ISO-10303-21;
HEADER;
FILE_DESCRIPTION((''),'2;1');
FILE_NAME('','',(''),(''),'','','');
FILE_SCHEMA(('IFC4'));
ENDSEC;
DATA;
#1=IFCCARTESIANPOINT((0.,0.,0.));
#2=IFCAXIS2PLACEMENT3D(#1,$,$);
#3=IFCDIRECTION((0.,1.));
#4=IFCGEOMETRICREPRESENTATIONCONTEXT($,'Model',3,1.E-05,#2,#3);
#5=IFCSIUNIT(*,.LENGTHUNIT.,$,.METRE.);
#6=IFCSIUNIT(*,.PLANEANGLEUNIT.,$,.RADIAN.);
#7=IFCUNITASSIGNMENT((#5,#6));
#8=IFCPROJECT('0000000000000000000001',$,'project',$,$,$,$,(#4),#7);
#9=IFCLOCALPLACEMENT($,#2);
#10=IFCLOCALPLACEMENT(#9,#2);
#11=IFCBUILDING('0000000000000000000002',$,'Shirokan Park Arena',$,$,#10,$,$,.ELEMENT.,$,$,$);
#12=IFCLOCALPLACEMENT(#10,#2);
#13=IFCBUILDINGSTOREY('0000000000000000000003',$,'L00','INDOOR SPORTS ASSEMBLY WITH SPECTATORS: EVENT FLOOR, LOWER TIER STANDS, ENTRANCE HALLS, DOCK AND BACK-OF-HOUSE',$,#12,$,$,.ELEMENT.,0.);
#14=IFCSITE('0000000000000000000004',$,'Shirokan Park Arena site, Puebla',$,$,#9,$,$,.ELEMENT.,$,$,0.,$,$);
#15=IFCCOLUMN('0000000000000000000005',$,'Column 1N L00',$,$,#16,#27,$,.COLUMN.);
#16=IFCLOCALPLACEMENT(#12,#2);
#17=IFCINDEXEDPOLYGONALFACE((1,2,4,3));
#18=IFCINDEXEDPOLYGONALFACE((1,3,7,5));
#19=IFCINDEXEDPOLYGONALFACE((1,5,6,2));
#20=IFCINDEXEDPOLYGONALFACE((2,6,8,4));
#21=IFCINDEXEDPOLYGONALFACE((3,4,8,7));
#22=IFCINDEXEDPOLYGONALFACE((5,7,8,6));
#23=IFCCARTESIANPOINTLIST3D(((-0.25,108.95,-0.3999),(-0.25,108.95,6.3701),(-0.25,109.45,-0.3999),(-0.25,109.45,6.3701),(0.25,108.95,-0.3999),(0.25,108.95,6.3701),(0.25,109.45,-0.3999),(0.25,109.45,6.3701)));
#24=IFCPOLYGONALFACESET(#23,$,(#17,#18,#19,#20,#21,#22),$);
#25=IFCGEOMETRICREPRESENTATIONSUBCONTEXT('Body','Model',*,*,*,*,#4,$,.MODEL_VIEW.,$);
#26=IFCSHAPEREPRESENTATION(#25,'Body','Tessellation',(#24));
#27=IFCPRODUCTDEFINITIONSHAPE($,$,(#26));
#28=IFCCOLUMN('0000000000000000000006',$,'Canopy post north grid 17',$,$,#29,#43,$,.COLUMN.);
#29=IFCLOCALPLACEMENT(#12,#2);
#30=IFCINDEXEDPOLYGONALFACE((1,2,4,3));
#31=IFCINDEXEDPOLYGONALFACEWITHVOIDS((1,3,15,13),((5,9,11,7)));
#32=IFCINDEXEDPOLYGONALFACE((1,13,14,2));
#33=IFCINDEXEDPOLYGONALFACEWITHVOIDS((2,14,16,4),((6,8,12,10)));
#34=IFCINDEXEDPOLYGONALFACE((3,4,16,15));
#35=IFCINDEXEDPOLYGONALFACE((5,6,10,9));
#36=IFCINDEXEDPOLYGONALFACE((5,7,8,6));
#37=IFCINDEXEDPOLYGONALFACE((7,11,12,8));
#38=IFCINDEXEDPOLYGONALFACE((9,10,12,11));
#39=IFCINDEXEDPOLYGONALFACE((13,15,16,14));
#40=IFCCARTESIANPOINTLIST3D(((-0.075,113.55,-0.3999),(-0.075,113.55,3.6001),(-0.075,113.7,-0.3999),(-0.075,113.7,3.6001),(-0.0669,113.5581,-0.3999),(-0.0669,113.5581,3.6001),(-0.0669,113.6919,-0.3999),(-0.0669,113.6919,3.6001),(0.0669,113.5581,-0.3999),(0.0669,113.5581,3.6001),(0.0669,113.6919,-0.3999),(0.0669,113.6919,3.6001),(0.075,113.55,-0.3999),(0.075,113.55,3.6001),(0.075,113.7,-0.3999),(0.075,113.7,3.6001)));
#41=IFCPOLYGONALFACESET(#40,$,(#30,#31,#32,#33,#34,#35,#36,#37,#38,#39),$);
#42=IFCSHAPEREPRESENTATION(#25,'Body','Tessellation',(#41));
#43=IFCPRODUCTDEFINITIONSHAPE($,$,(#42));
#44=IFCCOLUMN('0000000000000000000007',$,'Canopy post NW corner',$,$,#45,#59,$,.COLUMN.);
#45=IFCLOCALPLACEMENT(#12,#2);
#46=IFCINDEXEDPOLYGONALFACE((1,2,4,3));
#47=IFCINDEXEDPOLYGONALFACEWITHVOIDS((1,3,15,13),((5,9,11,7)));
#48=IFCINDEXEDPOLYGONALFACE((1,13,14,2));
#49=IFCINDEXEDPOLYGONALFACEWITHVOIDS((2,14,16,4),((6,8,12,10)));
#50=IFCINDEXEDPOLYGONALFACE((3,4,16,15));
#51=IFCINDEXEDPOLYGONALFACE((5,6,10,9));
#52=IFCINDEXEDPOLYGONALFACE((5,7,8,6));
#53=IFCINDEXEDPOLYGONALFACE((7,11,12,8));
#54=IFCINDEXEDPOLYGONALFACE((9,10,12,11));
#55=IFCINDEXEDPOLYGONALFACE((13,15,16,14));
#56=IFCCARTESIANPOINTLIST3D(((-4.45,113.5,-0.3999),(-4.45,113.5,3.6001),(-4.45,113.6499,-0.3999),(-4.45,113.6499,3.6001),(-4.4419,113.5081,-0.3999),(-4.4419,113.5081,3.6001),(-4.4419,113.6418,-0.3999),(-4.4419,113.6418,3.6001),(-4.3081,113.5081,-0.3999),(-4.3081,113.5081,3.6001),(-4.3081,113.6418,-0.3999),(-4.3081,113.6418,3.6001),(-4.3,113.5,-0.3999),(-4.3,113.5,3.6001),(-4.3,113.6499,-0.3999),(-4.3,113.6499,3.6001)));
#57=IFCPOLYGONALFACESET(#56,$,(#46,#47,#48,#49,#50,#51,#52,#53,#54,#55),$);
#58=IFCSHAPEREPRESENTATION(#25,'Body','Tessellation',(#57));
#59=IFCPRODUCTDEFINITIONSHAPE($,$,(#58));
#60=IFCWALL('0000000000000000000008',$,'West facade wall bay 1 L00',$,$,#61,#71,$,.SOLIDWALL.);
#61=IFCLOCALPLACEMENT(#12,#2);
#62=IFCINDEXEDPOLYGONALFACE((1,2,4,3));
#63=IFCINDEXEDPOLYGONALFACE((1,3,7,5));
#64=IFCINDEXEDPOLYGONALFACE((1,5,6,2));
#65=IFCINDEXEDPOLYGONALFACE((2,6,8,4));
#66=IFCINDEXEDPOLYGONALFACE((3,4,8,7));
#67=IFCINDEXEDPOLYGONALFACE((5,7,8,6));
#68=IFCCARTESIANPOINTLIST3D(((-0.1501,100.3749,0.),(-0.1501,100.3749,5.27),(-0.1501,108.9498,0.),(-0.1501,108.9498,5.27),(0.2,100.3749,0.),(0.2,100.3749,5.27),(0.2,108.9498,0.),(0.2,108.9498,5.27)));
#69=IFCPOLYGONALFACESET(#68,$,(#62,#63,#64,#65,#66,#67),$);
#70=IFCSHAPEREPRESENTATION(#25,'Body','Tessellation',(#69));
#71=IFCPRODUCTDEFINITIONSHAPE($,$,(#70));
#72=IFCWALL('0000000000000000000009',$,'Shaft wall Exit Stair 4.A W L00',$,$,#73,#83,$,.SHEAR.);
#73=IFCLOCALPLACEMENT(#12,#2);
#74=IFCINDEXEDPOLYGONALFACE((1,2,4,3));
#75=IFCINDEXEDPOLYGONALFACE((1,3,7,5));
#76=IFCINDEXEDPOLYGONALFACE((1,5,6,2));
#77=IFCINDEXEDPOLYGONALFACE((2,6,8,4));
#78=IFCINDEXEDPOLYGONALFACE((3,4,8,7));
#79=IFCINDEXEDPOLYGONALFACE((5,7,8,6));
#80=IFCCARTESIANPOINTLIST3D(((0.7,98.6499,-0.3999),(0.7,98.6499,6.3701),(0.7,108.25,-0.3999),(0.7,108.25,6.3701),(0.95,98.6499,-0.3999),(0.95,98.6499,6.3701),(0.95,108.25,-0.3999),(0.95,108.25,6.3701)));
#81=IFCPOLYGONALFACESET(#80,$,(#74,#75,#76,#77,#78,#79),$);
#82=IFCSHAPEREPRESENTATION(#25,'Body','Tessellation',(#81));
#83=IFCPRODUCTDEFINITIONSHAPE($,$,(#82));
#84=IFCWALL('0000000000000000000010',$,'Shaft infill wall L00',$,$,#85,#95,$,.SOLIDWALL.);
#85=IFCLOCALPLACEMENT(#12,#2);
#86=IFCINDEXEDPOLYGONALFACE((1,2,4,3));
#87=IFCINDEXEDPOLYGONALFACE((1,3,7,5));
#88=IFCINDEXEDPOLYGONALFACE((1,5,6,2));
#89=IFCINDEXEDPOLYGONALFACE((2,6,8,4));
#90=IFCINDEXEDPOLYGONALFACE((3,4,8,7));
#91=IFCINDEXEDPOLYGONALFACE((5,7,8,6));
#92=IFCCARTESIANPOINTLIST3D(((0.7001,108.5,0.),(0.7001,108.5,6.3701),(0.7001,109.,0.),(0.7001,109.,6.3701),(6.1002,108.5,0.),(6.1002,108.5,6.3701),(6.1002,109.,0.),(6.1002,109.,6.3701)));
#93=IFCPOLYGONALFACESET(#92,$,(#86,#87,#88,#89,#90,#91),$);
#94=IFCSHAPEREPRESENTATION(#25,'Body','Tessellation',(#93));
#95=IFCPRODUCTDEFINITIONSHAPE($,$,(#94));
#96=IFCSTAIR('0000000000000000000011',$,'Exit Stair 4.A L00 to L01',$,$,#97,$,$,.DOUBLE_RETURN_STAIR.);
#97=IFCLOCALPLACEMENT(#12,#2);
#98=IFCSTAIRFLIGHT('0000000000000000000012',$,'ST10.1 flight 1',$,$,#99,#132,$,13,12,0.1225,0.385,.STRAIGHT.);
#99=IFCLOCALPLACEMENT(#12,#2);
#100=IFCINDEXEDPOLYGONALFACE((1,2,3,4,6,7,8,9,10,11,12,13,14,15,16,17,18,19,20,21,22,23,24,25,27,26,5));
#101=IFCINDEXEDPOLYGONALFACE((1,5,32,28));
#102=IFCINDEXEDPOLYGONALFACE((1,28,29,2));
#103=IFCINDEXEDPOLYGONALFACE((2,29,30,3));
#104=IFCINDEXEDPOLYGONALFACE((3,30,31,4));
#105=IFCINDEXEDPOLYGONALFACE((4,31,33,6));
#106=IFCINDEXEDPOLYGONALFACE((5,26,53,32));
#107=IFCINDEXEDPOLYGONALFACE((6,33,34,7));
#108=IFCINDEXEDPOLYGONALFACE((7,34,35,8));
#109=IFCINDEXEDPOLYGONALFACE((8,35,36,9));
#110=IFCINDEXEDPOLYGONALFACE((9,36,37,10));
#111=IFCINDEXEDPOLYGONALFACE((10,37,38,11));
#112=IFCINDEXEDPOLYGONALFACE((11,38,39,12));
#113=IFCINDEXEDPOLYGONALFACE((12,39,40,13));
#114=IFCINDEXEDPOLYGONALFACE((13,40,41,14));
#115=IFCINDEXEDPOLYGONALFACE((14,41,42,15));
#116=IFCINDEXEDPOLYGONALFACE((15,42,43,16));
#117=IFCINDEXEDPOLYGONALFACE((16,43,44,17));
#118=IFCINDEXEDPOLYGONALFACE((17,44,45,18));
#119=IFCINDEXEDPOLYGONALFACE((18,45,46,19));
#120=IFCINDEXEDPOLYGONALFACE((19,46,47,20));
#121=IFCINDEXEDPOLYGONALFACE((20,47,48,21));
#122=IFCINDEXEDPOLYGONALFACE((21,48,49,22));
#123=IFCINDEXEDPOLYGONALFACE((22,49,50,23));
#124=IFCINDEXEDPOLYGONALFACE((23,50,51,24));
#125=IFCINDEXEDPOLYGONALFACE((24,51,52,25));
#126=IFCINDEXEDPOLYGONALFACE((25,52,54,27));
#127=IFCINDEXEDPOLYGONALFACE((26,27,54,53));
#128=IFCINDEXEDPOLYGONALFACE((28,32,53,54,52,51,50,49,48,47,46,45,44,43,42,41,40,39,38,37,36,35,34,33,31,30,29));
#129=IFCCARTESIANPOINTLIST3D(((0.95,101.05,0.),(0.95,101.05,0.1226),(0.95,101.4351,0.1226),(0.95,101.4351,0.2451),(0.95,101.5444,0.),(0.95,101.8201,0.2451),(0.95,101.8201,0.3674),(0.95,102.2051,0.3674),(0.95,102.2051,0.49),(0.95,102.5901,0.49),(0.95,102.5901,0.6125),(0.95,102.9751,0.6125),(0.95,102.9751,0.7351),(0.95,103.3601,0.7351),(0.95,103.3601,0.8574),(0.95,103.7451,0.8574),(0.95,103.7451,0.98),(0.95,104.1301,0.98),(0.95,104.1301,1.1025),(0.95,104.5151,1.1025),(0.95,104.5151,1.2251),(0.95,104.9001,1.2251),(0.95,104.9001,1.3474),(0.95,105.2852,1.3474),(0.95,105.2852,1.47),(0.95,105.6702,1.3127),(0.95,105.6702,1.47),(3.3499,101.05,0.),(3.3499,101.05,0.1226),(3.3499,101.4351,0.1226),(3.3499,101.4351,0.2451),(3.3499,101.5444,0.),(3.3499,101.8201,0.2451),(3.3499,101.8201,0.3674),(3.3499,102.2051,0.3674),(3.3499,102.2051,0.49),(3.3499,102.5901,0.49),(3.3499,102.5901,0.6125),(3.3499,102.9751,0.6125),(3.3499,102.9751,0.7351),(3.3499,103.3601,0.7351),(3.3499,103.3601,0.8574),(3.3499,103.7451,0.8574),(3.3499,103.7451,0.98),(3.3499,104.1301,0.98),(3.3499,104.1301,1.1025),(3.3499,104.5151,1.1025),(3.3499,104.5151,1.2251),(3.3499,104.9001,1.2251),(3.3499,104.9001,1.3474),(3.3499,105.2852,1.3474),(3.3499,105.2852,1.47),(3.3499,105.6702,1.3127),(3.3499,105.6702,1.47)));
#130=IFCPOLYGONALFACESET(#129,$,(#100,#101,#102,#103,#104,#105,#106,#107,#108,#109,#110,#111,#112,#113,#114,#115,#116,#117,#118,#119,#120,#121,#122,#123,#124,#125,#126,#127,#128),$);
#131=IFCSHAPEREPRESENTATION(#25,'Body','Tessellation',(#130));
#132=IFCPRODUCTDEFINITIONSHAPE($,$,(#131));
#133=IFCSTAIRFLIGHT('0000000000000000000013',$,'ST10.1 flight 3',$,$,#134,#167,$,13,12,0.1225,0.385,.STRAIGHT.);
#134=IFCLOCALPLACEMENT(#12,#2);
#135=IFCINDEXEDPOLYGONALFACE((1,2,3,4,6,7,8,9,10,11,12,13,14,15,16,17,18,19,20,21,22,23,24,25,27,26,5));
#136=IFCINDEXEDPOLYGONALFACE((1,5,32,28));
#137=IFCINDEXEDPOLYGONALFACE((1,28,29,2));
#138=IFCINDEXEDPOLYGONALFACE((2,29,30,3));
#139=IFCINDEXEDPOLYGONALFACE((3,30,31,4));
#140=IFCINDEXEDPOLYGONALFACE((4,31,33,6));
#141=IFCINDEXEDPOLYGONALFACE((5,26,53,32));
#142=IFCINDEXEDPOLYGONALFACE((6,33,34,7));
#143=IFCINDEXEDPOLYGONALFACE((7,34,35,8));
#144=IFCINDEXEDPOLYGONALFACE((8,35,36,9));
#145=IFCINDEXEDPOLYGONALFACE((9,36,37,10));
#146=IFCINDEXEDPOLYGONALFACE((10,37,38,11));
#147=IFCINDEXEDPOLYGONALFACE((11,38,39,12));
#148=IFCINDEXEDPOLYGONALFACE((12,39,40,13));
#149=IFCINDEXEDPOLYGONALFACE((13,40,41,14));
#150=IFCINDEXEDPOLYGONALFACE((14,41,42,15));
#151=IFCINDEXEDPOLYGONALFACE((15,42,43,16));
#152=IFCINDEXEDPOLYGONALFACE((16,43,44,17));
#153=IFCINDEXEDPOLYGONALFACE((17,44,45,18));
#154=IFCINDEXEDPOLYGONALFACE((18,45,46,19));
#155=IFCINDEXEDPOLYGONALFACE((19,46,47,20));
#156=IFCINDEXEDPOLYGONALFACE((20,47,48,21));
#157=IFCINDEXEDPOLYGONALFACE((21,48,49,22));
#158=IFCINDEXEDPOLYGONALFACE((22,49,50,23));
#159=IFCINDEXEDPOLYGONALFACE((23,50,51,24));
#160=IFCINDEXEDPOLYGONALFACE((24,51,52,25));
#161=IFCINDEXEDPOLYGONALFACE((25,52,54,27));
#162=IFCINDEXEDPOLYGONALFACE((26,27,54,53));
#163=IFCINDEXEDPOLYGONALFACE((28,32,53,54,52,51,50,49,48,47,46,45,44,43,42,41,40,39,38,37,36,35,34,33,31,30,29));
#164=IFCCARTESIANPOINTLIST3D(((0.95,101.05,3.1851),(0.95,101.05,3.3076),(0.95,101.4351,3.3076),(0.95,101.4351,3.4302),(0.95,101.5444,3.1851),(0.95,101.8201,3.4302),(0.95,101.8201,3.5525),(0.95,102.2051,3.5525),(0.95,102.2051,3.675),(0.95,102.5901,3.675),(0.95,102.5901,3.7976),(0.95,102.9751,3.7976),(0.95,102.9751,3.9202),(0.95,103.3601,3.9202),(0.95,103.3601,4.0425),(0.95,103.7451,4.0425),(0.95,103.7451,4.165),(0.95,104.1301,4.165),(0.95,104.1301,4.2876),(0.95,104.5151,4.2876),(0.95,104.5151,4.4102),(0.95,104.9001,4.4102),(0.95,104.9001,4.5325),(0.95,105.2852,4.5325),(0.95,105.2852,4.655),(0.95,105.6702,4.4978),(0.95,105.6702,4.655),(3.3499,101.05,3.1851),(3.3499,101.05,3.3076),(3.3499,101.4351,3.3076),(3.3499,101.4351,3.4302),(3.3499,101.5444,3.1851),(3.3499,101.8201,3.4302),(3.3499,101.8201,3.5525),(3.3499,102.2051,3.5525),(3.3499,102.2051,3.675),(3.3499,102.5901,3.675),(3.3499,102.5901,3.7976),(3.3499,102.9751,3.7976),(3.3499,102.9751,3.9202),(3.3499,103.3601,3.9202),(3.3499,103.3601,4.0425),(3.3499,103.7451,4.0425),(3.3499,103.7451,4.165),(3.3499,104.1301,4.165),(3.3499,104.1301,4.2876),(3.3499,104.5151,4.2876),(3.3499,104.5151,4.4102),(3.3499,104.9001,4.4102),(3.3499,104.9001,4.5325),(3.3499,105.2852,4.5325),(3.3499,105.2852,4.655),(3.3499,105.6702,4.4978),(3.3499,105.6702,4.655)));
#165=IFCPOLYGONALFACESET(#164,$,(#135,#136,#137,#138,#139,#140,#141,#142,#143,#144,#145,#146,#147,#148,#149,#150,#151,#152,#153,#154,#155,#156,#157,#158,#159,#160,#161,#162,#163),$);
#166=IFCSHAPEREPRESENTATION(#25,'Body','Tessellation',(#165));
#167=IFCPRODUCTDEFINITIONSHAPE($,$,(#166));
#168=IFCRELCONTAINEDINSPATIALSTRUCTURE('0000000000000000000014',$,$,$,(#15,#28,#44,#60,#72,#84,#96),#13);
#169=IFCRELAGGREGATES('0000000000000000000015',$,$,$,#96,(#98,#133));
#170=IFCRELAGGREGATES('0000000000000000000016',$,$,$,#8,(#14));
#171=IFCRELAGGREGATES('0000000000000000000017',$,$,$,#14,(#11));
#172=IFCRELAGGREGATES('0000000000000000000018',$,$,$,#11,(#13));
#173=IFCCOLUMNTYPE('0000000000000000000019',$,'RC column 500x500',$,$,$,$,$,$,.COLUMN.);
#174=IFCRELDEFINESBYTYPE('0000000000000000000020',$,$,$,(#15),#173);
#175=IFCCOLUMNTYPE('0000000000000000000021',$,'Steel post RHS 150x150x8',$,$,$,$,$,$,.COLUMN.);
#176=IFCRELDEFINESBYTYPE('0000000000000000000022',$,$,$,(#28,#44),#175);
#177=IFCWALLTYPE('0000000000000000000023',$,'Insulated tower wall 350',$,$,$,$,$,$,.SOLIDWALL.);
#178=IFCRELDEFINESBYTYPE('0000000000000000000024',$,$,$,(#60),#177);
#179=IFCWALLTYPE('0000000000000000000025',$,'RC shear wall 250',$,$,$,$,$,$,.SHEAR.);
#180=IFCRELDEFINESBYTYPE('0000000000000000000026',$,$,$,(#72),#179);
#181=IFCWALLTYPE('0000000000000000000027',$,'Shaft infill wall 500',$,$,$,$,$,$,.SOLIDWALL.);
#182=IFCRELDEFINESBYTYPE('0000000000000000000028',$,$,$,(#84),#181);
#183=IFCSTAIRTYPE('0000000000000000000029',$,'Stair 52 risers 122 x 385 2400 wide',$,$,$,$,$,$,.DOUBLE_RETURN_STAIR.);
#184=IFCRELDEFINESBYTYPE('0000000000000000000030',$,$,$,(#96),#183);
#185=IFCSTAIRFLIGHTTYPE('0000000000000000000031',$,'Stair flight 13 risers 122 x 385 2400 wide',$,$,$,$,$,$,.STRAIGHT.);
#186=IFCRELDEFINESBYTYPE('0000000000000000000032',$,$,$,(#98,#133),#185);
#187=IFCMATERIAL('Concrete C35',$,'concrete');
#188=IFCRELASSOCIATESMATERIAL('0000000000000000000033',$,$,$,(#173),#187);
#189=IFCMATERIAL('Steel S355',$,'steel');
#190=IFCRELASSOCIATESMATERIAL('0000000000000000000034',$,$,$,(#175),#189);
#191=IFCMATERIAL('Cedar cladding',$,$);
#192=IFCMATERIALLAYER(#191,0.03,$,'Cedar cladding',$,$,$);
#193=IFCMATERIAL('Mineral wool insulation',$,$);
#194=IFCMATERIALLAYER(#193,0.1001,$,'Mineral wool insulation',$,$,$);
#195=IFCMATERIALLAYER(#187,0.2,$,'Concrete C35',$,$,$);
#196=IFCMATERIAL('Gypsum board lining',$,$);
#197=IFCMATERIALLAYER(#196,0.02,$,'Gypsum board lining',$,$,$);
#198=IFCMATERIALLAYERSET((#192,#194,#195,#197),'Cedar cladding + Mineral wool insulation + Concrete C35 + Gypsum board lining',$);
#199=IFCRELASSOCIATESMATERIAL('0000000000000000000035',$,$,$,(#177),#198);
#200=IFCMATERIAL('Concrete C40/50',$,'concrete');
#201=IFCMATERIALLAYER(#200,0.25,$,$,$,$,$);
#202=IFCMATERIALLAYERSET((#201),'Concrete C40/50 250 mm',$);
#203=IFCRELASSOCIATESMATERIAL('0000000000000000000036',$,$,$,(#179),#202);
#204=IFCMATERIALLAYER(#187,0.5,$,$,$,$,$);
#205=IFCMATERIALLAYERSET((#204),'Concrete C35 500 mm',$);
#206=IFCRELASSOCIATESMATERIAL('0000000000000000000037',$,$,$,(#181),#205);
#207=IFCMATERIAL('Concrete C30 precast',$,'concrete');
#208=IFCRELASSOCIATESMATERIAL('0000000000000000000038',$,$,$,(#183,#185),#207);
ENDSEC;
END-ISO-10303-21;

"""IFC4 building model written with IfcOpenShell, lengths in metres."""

from ifc_helpers import new_model, si_unit, direction, frame, frame_2d, origin, origin_2d, place, context, subcontext, project, spatial, polyline, rectangle, hollow_rectangle, outline, extrude, material, layer, layer_set, material_profile, profile_set, type_object, element, aggregate, save


model = new_model("IFC4")

# Units and contexts
model_context = context("Model", 3, precision=1e-05, world=origin(), true_north=direction((0.0, 1.0)))
body_context = subcontext(model_context, "Body", "Model", "MODEL_VIEW")
ifc_project = project(units=[si_unit("LENGTHUNIT", "METRE"), si_unit("PLANEANGLEUNIT", "RADIAN")], contexts=[model_context])

# Site, building, storey
site_placement = place(None, origin())
site = spatial("IfcSite", under=ifc_project, at=site_placement, Name="Shirokan Park Arena site, Puebla", CompositionType="ELEMENT", RefElevation=0.0)
building_placement = place(site_placement, origin())
building = spatial("IfcBuilding", under=site, at=building_placement, Name="Shirokan Park Arena", CompositionType="ELEMENT")
storey_placement = place(building_placement, origin())
storey = spatial("IfcBuildingStorey", under=building, at=storey_placement, Name="L00", Description="INDOOR SPORTS ASSEMBLY WITH SPECTATORS: EVENT FLOOR, LOWER TIER STANDS, ENTRANCE HALLS, DOCK AND BACK-OF-HOUSE", CompositionType="ELEMENT", Elevation=0.0)

# Columns
ifc_material_1 = material(Name="Concrete C35", Category="concrete")
ifc_material_profile_1 = material_profile(ifc_material_1, rectangle(XDim=0.5, YDim=0.5, at=origin_2d()), Name="500x500")
ifc_profile_set_1 = profile_set([ifc_material_profile_1], Name="Concrete C35")
column_type_1 = type_object("IfcColumnType", Name="RC column 500x500", PredefinedType="COLUMN", material=ifc_profile_set_1)
column_placement = place(storey_placement, frame((0.0, 109.2, -0.3999), z_axis=(0.0, 0.0, 1.0), x_axis=(1.0, 0.0, 0.0)))
element("IfcColumn", 1, at=column_placement, inside=storey, type_object=column_type_1, Name="Column 1N L00", PredefinedType="COLUMN", context=body_context, shape_type="SweptSolid", body=[
    extrude(rectangle(XDim=0.5, YDim=0.5, at=origin_2d()), origin(), (0.0, 0.0, 1.0), 6.77),
])
ifc_material_2 = material(Name="Steel S355", Category="steel")
ifc_material_profile_2 = material_profile(ifc_material_2, hollow_rectangle(XDim=0.1499, YDim=0.1499, WallThickness=0.0081, at=origin_2d()), Name="RHS 150x150x8")
ifc_profile_set_2 = profile_set([ifc_material_profile_2], Name="Steel S355")
column_type_2 = type_object("IfcColumnType", Name="Steel post RHS 150x150x8", PredefinedType="COLUMN", material=ifc_profile_set_2)
for number, where, z_axis, x_axis, name in (
    (2, (0.0, 113.625, -0.3999), (0.0, 0.0, 1.0), (1.0, 0.0, 0.0), "Canopy post north grid 17"),
    (3, (-4.375, 113.575, -0.3999), (0.0, 0.0, 1.0), (1.0, 0.0, 0.0), "Canopy post NW corner"),
):
    element("IfcColumn", number, at=place(storey_placement, frame(where, z_axis=z_axis, x_axis=x_axis)), inside=storey, type_object=column_type_2, Name=name, PredefinedType="COLUMN", context=body_context, shape_type="SweptSolid", body=[
        extrude(hollow_rectangle(XDim=0.1499, YDim=0.1499, WallThickness=0.0081, at=origin_2d()), origin(), (0.0, 0.0, 1.0), 4.0),
    ])

# Walls
ifc_material_3 = material(Name="Cedar cladding")
ifc_layer_1 = layer(ifc_material_3, 0.03, Name="Cedar cladding")
ifc_material_4 = material(Name="Mineral wool insulation")
ifc_layer_2 = layer(ifc_material_4, 0.1001, Name="Mineral wool insulation")
ifc_layer_3 = layer(ifc_material_1, 0.2, Name="Concrete C35")
ifc_material_5 = material(Name="Gypsum board lining")
ifc_layer_4 = layer(ifc_material_5, 0.02, Name="Gypsum board lining")
ifc_layer_set_1 = layer_set([ifc_layer_1, ifc_layer_2, ifc_layer_3, ifc_layer_4], Name="Cedar cladding + Mineral wool insulation + Concrete C35 + Gypsum board lining")
wall_type_1 = type_object("IfcWallType", Name="Insulated tower wall 350", PredefinedType="SOLIDWALL", material=ifc_layer_set_1)
wall_1_placement = place(storey_placement, frame((0.0249, 108.95, 0.0), z_axis=(0.0, 0.0, 1.0), x_axis=(0.0, -1.0, 0.0)))
element("IfcWall", 4, at=wall_1_placement, inside=storey, type_object=wall_type_1, Name="West facade wall bay 1 L00", PredefinedType="SOLIDWALL", context=body_context, shape_type="SweptSolid", body=[
    extrude(rectangle(XDim=8.575, YDim=0.3501, at=frame_2d((4.2876, 0.0))), origin(), (0.0, 0.0, 1.0), 5.27),
])
ifc_material_6 = material(Name="Concrete C40/50", Category="concrete")
ifc_layer_5 = layer(ifc_material_6, 0.25)
ifc_layer_set_2 = layer_set([ifc_layer_5], Name="Concrete C40/50 250 mm")
wall_type_2 = type_object("IfcWallType", Name="RC shear wall 250", PredefinedType="SHEAR", material=ifc_layer_set_2)
wall_2_placement = place(storey_placement, frame((0.825, 108.25, -0.3999), z_axis=(0.0, 0.0, 1.0), x_axis=(0.0, -1.0, 0.0)))
element("IfcWall", 5, at=wall_2_placement, inside=storey, type_object=wall_type_2, Name="Shaft wall Exit Stair 4.A W L00", PredefinedType="SHEAR", context=body_context, shape_type="SweptSolid", body=[
    extrude(rectangle(XDim=9.6001, YDim=0.25, at=frame_2d((4.8, 0.0))), origin(), (0.0, 0.0, 1.0), 6.77),
])
ifc_layer_6 = layer(ifc_material_1, 0.5)
ifc_layer_set_3 = layer_set([ifc_layer_6], Name="Concrete C35 500 mm")
wall_type_3 = type_object("IfcWallType", Name="Shaft infill wall 500", PredefinedType="SOLIDWALL", material=ifc_layer_set_3)
wall_3_placement = place(storey_placement, frame((0.7, 108.75, 0.0), z_axis=(0.0, 0.0, 1.0), x_axis=(1.0, 0.0, 0.0)))
element("IfcWall", 6, at=wall_3_placement, inside=storey, type_object=wall_type_3, Name="Shaft infill wall L00", PredefinedType="SOLIDWALL", context=body_context, shape_type="SweptSolid", body=[
    extrude(rectangle(XDim=5.4001, YDim=0.5, at=frame_2d((2.7002, 0.0))), origin(), (0.0, 0.0, 1.0), 6.3701),
])

# Stair, stair flights
ifc_material_7 = material(Name="Concrete C30 precast", Category="concrete")
stair_type = type_object("IfcStairType", Name="Stair 52 risers 122 x 385 2400 wide", PredefinedType="DOUBLE_RETURN_STAIR", material=ifc_material_7)
stair_placement = place(storey_placement, origin())
stair = element("IfcStair", 7, at=stair_placement, inside=storey, type_object=stair_type, Name="Exit Stair 4.A L00 to L01", PredefinedType="DOUBLE_RETURN_STAIR")
stair_flight_type = type_object("IfcStairFlightType", Name="Stair flight 13 risers 122 x 385 2400 wide", PredefinedType="STRAIGHT", material=ifc_material_7)
stair_flight_1_placement = place(storey_placement, frame((2.1499, 101.05, 0.0), z_axis=(0.0, 0.0, 1.0), x_axis=(0.0, 1.0, 0.0)))
stair_flight_1 = element("IfcStairFlight", 8, at=stair_flight_1_placement, type_object=stair_flight_type, Name="ST10.1 flight 1", NumberOfRisers=13, NumberOfTreads=12, PredefinedType="STRAIGHT", RiserHeight=0.1225, TreadLength=0.385, context=body_context, shape_type="SweptSolid", body=[
    extrude(outline(polyline([(0.0, 0.0), (0.0, 0.1226), (0.385, 0.1226), (0.385, 0.2451), (0.77, 0.2451), (0.77, 0.3674), (1.155, 0.3674), (1.155, 0.49), (1.54, 0.49), (1.54, 0.6125), (1.925, 0.6125), (1.925, 0.7351), (2.3101, 0.7351), (2.3101, 0.8574), (2.6951, 0.8574), (2.6951, 0.98), (3.0801, 0.98), (3.0801, 1.1025), (3.4651, 1.1025), (3.4651, 1.2251), (3.8501, 1.2251), (3.8501, 1.3474), (4.2351, 1.3474), (4.2351, 1.47), (4.6201, 1.47), (4.6201, 1.5925), (4.6201, 1.3127), (0.4944, 0.0), (0.0, 0.0)])), frame((0.0, 1.2, 0.0), z_axis=(0.0, -1.0, 0.0), x_axis=(1.0, 0.0, 0.0)), (0.0, 0.0, 1.0), 2.3999),
])
stair_flight_2_placement = place(storey_placement, frame((2.1499, 101.05, 3.1851), z_axis=(0.0, 0.0, 1.0), x_axis=(0.0, 1.0, 0.0)))
stair_flight_2 = element("IfcStairFlight", 9, at=stair_flight_2_placement, type_object=stair_flight_type, Name="ST10.1 flight 3", NumberOfRisers=13, NumberOfTreads=12, PredefinedType="STRAIGHT", RiserHeight=0.1225, TreadLength=0.385, context=body_context, shape_type="SweptSolid", body=[
    extrude(outline(polyline([(0.0, 0.0), (0.0, 0.1226), (0.385, 0.1226), (0.385, 0.2451), (0.77, 0.2451), (0.77, 0.3674), (1.155, 0.3674), (1.155, 0.49), (1.54, 0.49), (1.54, 0.6125), (1.925, 0.6125), (1.925, 0.7351), (2.3101, 0.7351), (2.3101, 0.8574), (2.6951, 0.8574), (2.6951, 0.98), (3.0801, 0.98), (3.0801, 1.1025), (3.4651, 1.1025), (3.4651, 1.2251), (3.8501, 1.2251), (3.8501, 1.3474), (4.2351, 1.3474), (4.2351, 1.47), (4.6201, 1.47), (4.6201, 1.5925), (4.6201, 1.3127), (0.4944, 0.0), (0.0, 0.0)])), frame((0.0, 1.2, 0.0), z_axis=(0.0, -1.0, 0.0), x_axis=(1.0, 0.0, 0.0)), (0.0, 0.0, 1.0), 2.3999),
])
aggregate(stair, [stair_flight_1, stair_flight_2])

save(model, "model.ifc")
